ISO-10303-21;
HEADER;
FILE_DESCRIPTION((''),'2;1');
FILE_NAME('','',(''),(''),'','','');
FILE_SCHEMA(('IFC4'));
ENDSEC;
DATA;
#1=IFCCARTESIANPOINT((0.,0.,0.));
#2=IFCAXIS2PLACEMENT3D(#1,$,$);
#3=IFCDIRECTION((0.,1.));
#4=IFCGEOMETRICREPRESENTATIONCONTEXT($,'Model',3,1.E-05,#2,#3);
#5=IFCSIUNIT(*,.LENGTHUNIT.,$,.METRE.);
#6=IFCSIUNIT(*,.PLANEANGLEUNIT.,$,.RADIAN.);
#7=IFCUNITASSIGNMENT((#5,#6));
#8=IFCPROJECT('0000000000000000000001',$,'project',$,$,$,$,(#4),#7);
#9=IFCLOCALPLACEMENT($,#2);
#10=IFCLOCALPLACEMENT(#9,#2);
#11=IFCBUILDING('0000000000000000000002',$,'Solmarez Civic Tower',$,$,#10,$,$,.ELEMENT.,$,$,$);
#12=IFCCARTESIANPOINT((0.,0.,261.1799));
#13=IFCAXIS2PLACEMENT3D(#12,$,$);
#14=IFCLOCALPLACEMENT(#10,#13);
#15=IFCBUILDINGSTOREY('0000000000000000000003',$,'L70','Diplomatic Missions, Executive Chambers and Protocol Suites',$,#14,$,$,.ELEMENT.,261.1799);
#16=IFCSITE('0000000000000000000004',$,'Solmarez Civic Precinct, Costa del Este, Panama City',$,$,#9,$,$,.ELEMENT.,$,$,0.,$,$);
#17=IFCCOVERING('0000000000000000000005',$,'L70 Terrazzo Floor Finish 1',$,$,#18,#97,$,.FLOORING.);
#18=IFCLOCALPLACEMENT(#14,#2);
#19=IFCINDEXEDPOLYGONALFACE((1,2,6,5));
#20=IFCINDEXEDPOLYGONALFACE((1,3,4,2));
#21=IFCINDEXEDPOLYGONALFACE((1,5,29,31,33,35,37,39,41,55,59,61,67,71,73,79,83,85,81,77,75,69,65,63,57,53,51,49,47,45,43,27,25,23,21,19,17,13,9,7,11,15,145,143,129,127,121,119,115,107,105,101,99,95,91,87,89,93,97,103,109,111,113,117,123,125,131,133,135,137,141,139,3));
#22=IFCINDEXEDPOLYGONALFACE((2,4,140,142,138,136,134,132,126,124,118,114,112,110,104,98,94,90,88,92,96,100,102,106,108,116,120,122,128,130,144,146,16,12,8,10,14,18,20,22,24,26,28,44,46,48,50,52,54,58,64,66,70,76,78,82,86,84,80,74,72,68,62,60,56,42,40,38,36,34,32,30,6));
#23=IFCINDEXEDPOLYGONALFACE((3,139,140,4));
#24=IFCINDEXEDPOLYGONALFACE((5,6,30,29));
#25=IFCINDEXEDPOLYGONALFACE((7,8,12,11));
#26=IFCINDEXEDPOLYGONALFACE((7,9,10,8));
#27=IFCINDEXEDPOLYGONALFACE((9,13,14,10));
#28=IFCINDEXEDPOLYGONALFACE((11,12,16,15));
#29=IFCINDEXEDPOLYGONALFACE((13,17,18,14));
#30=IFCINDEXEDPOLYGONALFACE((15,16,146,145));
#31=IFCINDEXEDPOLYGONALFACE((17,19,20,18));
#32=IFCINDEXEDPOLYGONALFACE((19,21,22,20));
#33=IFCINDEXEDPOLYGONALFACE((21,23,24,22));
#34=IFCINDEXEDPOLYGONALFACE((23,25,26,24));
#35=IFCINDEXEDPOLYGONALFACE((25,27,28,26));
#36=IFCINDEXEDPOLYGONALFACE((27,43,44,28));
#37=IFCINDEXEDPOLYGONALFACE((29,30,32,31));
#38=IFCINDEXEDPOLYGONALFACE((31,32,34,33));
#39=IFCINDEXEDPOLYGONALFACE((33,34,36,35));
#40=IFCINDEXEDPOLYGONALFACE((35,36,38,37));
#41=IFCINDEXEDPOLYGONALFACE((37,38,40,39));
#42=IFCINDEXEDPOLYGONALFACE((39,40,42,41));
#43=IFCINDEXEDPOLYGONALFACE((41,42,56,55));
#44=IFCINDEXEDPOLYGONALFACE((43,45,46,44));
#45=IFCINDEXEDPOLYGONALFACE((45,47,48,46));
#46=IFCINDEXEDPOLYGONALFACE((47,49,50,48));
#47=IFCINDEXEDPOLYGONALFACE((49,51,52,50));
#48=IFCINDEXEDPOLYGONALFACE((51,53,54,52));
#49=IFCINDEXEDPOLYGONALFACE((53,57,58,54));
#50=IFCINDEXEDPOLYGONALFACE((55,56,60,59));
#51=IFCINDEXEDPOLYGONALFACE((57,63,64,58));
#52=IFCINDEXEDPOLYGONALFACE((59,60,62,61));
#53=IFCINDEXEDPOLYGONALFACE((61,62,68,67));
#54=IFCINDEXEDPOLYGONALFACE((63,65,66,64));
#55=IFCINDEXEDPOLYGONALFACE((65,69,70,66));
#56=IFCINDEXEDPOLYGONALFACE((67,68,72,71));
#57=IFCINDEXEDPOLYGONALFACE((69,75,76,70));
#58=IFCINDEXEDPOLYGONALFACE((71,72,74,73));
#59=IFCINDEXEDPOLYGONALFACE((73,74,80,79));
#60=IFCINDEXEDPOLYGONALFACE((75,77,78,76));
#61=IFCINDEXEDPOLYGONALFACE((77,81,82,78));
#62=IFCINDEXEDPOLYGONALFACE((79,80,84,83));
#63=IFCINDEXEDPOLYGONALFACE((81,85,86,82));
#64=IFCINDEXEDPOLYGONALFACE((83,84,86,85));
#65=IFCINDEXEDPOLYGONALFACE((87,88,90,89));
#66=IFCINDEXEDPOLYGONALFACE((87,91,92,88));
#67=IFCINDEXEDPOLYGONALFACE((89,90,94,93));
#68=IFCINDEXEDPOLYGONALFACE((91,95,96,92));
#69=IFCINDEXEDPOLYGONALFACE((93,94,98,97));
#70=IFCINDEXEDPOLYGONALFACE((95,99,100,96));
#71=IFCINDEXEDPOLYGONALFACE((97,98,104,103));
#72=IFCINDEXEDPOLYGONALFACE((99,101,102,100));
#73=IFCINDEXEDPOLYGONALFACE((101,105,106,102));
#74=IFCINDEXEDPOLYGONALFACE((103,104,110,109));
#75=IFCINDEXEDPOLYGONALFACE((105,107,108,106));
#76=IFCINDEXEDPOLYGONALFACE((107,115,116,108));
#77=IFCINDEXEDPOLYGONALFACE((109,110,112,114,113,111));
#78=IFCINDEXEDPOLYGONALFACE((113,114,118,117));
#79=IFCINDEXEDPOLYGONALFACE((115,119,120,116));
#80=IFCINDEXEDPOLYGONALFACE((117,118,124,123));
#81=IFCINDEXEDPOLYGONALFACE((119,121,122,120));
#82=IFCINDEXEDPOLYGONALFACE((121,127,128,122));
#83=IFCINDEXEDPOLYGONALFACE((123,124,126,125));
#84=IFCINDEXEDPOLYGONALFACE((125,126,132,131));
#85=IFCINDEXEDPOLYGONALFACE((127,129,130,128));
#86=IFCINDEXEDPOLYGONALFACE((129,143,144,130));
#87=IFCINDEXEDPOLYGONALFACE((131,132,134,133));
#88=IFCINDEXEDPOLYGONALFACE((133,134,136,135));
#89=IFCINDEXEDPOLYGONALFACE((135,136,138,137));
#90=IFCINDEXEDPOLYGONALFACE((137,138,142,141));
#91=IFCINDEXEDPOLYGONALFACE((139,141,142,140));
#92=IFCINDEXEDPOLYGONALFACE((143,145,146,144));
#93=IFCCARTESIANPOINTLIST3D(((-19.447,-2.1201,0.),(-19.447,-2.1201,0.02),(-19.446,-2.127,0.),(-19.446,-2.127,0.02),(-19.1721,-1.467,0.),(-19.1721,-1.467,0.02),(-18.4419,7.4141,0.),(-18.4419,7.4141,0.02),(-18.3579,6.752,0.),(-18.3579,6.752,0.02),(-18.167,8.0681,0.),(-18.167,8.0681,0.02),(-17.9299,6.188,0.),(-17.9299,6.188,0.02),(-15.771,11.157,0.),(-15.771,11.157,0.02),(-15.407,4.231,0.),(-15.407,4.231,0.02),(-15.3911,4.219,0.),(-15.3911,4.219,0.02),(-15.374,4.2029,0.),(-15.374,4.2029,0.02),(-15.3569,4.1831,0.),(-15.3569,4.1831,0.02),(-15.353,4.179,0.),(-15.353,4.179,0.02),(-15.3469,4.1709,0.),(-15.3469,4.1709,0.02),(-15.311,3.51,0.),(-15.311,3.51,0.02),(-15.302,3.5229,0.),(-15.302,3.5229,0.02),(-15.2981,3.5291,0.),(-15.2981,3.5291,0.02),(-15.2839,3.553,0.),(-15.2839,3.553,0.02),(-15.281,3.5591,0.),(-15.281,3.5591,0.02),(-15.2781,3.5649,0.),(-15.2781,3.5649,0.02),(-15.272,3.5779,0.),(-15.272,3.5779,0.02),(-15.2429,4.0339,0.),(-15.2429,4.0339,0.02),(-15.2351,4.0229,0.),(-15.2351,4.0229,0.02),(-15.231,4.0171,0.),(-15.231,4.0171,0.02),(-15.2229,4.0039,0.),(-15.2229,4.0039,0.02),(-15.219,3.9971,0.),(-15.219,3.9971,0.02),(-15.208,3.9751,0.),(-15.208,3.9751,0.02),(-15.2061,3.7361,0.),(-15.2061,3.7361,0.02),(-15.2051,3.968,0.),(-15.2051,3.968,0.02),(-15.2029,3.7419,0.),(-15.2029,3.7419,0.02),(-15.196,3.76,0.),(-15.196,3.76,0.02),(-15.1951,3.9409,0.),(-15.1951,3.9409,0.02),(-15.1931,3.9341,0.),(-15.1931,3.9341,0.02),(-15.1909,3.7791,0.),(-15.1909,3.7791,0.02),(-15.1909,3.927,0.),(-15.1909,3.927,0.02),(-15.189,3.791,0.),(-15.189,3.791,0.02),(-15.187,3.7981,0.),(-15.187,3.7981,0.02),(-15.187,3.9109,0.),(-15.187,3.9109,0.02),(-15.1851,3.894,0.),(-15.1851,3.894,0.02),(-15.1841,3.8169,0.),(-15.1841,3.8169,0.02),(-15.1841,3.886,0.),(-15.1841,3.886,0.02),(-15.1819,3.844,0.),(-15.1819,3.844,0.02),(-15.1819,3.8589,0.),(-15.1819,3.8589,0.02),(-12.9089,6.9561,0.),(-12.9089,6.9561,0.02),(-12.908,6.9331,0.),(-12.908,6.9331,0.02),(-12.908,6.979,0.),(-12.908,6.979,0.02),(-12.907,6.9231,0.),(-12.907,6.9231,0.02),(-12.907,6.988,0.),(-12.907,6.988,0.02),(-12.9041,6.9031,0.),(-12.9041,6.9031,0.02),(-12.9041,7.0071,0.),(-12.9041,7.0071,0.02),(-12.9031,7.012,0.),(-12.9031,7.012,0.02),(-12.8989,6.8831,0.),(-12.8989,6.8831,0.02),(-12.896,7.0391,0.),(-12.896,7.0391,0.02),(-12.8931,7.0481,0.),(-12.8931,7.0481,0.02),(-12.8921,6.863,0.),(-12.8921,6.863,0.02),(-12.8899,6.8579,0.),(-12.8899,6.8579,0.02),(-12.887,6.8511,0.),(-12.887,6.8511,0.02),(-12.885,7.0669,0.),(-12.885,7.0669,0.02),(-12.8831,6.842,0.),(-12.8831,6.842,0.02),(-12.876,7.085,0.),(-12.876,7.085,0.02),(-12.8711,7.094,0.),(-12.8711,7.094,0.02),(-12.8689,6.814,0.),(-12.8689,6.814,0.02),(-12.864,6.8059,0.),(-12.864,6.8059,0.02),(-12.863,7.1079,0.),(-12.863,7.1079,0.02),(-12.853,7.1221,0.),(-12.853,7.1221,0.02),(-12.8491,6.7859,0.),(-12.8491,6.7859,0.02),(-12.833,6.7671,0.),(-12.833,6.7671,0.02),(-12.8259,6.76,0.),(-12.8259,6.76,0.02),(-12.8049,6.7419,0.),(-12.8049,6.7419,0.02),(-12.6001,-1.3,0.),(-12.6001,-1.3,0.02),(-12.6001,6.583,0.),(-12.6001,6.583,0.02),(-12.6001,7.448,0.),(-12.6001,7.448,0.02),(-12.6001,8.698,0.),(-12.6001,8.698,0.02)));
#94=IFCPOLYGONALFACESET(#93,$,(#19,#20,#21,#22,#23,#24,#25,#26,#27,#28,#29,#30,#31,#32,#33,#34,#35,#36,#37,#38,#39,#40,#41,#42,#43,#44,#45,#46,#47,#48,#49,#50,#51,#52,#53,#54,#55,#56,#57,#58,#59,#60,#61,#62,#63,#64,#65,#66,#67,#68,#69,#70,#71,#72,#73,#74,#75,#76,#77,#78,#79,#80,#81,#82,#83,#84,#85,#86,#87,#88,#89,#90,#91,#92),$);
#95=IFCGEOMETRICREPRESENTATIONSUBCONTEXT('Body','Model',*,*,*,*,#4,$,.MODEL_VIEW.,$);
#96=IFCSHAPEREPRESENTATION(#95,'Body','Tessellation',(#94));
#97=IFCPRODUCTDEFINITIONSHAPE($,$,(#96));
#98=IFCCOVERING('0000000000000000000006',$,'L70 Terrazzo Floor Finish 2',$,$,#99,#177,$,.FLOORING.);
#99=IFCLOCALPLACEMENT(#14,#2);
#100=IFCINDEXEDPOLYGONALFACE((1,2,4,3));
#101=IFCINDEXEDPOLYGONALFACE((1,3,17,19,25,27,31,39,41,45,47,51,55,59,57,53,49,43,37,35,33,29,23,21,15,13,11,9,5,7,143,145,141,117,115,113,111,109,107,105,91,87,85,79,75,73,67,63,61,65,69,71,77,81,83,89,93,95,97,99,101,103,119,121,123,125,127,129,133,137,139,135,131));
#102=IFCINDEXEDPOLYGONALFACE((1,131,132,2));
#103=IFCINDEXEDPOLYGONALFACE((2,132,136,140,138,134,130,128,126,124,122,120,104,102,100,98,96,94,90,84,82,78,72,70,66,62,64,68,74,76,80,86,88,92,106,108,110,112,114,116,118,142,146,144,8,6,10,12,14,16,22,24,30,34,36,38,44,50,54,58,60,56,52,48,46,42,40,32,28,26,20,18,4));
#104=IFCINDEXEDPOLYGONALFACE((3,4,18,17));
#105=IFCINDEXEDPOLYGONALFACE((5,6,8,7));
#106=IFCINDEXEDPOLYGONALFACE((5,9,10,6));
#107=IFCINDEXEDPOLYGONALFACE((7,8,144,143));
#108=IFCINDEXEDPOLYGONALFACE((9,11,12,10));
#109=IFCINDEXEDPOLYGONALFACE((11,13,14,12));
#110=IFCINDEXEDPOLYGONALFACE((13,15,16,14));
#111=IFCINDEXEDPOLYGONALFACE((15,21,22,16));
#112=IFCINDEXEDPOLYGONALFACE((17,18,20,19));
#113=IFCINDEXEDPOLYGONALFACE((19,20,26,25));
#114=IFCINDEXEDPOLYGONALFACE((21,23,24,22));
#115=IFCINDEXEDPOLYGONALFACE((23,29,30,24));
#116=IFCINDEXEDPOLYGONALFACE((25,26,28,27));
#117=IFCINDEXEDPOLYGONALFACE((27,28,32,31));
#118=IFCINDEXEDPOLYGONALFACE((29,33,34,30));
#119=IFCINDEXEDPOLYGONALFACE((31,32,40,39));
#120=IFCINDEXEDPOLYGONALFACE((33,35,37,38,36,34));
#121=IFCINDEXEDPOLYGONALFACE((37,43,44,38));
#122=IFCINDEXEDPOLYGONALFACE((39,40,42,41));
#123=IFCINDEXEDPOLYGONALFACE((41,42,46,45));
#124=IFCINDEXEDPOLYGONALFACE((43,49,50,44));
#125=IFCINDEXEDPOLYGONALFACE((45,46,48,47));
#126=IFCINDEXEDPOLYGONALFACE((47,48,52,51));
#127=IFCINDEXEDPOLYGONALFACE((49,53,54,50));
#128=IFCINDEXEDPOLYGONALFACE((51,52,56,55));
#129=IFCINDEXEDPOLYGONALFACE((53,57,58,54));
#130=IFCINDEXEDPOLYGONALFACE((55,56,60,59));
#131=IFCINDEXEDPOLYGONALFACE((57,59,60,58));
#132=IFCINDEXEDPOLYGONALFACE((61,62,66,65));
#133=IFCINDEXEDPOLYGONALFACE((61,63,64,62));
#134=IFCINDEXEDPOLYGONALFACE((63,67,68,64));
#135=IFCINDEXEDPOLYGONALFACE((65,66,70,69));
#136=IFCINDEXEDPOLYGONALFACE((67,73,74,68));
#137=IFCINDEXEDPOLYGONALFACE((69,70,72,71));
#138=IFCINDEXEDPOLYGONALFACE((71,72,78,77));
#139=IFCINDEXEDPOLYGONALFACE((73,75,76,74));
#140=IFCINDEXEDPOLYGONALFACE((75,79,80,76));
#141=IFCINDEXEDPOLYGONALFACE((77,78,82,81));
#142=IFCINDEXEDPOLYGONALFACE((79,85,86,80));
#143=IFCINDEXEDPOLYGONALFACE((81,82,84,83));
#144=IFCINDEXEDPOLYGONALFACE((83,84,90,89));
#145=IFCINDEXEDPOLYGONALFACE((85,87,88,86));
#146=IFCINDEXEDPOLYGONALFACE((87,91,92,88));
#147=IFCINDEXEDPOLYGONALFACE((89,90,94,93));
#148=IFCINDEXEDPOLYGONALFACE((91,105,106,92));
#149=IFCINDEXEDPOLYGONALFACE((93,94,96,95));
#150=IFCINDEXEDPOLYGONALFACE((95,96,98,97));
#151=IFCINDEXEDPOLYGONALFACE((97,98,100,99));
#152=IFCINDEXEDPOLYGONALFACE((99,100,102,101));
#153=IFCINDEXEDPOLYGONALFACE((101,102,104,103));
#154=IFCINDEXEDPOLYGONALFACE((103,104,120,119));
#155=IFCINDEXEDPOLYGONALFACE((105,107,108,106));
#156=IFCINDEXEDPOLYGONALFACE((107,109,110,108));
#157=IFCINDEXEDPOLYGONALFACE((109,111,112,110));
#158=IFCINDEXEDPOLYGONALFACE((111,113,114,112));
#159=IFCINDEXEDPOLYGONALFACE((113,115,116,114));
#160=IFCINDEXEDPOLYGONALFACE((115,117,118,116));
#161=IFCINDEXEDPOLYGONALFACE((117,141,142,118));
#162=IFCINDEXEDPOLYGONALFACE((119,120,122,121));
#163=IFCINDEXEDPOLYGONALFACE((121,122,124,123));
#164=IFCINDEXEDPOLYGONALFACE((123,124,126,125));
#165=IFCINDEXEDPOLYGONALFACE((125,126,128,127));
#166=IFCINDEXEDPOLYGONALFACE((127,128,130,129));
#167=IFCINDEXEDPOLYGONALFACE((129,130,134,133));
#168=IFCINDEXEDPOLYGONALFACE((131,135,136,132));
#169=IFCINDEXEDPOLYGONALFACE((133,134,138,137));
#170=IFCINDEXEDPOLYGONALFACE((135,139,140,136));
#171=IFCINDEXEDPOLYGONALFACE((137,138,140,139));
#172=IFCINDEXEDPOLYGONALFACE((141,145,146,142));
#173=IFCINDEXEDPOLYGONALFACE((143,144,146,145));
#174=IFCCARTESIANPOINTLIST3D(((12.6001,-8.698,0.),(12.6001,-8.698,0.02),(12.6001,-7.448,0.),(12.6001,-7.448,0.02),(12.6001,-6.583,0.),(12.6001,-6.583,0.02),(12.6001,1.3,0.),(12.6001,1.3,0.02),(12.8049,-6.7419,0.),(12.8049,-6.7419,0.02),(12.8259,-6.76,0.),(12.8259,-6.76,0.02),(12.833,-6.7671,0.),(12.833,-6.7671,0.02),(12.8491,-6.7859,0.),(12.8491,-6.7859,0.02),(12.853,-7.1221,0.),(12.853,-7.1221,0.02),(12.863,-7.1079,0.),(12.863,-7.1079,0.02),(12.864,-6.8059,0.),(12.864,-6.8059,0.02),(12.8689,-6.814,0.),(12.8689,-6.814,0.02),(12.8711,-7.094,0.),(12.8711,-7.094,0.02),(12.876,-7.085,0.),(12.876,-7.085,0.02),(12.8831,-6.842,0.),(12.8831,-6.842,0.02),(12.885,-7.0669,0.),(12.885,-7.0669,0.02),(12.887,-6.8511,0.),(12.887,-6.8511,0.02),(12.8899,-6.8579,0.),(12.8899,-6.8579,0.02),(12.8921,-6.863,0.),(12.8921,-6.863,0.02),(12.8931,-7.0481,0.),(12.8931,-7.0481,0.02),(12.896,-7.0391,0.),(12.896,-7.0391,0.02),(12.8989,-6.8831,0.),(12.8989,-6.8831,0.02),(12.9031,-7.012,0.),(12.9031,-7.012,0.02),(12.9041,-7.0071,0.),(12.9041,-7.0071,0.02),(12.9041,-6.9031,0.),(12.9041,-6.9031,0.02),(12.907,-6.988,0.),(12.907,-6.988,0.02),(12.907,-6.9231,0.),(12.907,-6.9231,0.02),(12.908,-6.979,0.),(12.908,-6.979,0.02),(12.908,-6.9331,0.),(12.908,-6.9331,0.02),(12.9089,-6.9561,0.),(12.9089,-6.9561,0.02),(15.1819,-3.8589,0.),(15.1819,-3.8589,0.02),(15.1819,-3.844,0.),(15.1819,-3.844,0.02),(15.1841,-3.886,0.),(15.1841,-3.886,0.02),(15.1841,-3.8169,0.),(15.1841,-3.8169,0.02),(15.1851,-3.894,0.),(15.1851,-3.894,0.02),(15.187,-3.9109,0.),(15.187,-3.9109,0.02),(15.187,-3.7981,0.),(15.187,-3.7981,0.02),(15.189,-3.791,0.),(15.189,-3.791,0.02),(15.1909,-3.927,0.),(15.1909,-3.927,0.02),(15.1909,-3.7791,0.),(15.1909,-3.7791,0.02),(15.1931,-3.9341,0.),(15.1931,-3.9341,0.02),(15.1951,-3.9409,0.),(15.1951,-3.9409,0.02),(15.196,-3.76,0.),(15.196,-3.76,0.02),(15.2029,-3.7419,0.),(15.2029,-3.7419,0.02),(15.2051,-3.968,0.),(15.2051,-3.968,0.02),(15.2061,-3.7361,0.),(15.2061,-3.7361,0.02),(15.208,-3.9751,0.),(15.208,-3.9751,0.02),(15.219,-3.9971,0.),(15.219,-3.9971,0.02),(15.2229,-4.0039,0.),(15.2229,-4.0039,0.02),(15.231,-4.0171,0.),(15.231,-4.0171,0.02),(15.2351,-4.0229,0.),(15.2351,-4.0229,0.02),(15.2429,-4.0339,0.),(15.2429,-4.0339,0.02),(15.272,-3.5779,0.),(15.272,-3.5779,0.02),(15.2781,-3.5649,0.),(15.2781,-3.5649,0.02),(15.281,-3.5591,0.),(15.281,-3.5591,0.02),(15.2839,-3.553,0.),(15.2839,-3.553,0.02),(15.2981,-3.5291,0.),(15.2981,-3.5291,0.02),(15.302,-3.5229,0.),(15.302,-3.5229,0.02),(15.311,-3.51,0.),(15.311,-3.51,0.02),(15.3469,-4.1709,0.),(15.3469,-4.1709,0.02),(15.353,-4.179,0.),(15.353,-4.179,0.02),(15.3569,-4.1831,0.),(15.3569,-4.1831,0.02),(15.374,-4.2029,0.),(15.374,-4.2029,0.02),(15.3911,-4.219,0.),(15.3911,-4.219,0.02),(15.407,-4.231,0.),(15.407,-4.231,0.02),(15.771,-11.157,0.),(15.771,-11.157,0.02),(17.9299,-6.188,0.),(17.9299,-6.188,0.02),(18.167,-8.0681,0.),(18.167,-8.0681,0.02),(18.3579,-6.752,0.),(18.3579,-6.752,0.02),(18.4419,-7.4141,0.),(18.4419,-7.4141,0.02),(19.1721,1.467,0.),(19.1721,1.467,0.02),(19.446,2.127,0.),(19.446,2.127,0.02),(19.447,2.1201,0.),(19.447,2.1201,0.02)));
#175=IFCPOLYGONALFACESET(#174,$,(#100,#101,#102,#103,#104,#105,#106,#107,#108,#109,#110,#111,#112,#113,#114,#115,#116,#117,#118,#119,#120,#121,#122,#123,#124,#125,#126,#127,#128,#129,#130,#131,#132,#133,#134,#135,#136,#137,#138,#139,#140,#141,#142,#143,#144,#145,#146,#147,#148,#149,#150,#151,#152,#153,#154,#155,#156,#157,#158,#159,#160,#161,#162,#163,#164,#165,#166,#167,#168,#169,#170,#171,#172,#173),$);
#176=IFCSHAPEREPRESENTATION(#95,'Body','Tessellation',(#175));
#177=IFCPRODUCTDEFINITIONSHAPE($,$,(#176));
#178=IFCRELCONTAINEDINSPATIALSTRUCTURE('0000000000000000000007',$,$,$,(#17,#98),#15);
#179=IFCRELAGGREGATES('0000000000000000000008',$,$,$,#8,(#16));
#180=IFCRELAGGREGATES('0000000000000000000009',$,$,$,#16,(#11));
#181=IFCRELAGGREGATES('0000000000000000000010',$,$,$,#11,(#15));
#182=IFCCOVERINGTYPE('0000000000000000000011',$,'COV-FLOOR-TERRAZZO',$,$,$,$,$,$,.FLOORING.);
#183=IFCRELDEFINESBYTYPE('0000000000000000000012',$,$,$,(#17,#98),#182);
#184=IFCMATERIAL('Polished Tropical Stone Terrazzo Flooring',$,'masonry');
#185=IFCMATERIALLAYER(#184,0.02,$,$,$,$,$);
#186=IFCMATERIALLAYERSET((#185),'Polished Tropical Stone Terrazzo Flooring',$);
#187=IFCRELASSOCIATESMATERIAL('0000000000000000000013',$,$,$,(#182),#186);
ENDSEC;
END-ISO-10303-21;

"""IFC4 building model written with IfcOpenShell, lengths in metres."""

from ifc_helpers import new_model, si_unit, direction, frame, origin, place, context, subcontext, project, spatial, polyline, outline, extrude, material, layer, layer_set, type_object, element, save


model = new_model("IFC4")

# Units and contexts
model_context = context("Model", 3, precision=1e-05, world=origin(), true_north=direction((0.0, 1.0)))
body_context = subcontext(model_context, "Body", "Model", "MODEL_VIEW")
ifc_project = project(units=[si_unit("LENGTHUNIT", "METRE"), si_unit("PLANEANGLEUNIT", "RADIAN")], contexts=[model_context])

# Site, building, storey
site_placement = place(None, origin())
site = spatial("IfcSite", under=ifc_project, at=site_placement, Name="Solmarez Civic Precinct, Costa del Este, Panama City", CompositionType="ELEMENT", RefElevation=0.0)
building_placement = place(site_placement, origin())
building = spatial("IfcBuilding", under=site, at=building_placement, Name="Solmarez Civic Tower", CompositionType="ELEMENT")
storey_placement = place(building_placement, frame((0.0, 0.0, 261.1799)))
storey = spatial("IfcBuildingStorey", under=building, at=storey_placement, Name="L70", Description="Diplomatic Missions, Executive Chambers and Protocol Suites", CompositionType="ELEMENT", Elevation=261.1799)

# Coverings
ifc_material_1 = material(Name="Polished Tropical Stone Terrazzo Flooring", Category="masonry")
ifc_layer_1 = layer(ifc_material_1, 0.02)
ifc_layer_set_1 = layer_set([ifc_layer_1], Name="Polished Tropical Stone Terrazzo Flooring")
covering_type_1 = type_object("IfcCoveringType", Name="COV-FLOOR-TERRAZZO", PredefinedType="FLOORING", material=ifc_layer_set_1)
covering_1_placement = place(storey_placement, origin())
element("IfcCovering", 1, at=covering_1_placement, inside=storey, type_object=covering_type_1, Name="L70 Terrazzo Floor Finish 1", PredefinedType="FLOORING", context=body_context, shape_type="SweptSolid", body=[
    extrude(outline(polyline([(-15.407, 4.231), (-15.3911, 4.219), (-15.374, 4.2029), (-15.3569, 4.1831), (-15.353, 4.179), (-15.3469, 4.1709), (-15.2429, 4.0339), (-15.2351, 4.0229), (-15.231, 4.0171), (-15.2229, 4.0039), (-15.219, 3.9971), (-15.208, 3.9751), (-15.2051, 3.968), (-15.1951, 3.9409), (-15.1931, 3.9341), (-15.1909, 3.927), (-15.187, 3.9109), (-15.1851, 3.894), (-15.1841, 3.886), (-15.1819, 3.8589), (-15.1819, 3.844), (-15.1841, 3.8169), (-15.187, 3.7981), (-15.189, 3.791), (-15.1909, 3.7791), (-15.196, 3.76), (-15.2029, 3.7419), (-15.2061, 3.7361), (-15.272, 3.5779), (-15.2781, 3.5649), (-15.281, 3.5591), (-15.2839, 3.553), (-15.2981, 3.5291), (-15.302, 3.5229), (-15.311, 3.51), (-19.1721, -1.467), (-19.447, -2.1201), (-19.446, -2.127), (-12.6001, -1.3), (-12.6001, 6.583), (-12.8049, 6.7419), (-12.8259, 6.76), (-12.833, 6.7671), (-12.8491, 6.7859), (-12.864, 6.8059), (-12.8689, 6.814), (-12.8831, 6.842), (-12.887, 6.8511), (-12.8899, 6.8579), (-12.8921, 6.863), (-12.8989, 6.8831), (-12.9041, 6.9031), (-12.907, 6.9231), (-12.908, 6.9331), (-12.9089, 6.9561), (-12.908, 6.979), (-12.907, 6.988), (-12.9041, 7.0071), (-12.9031, 7.012), (-12.896, 7.0391), (-12.8931, 7.0481), (-12.885, 7.0669), (-12.876, 7.085), (-12.8711, 7.094), (-12.863, 7.1079), (-12.853, 7.1221), (-12.6001, 7.448), (-12.6001, 8.698), (-15.771, 11.157), (-18.167, 8.0681), (-18.4419, 7.4141), (-18.3579, 6.752), (-17.9299, 6.188), (-15.407, 4.231)])), origin(), (0.0, 0.0, 1.0), 0.02),
])
covering_2_placement = place(storey_placement, origin())
element("IfcCovering", 2, at=covering_2_placement, inside=storey, type_object=covering_type_1, Name="L70 Terrazzo Floor Finish 2", PredefinedType="FLOORING", context=body_context, shape_type="SweptSolid", body=[
    extrude(outline(polyline([(12.6001, 1.3), (12.6001, -6.583), (12.8049, -6.7419), (12.8259, -6.76), (12.833, -6.7671), (12.8491, -6.7859), (12.864, -6.8059), (12.8689, -6.814), (12.8831, -6.842), (12.887, -6.8511), (12.8899, -6.8579), (12.8921, -6.863), (12.8989, -6.8831), (12.9041, -6.9031), (12.907, -6.9231), (12.908, -6.9331), (12.9089, -6.9561), (12.908, -6.979), (12.907, -6.988), (12.9041, -7.0071), (12.9031, -7.012), (12.896, -7.0391), (12.8931, -7.0481), (12.885, -7.0669), (12.876, -7.085), (12.8711, -7.094), (12.863, -7.1079), (12.853, -7.1221), (12.6001, -7.448), (12.6001, -8.698), (15.771, -11.157), (18.167, -8.0681), (18.4419, -7.4141), (18.3579, -6.752), (17.9299, -6.188), (15.407, -4.231), (15.3911, -4.219), (15.374, -4.2029), (15.3569, -4.1831), (15.353, -4.179), (15.3469, -4.1709), (15.2429, -4.0339), (15.2351, -4.0229), (15.231, -4.0171), (15.2229, -4.0039), (15.219, -3.9971), (15.208, -3.9751), (15.2051, -3.968), (15.1951, -3.9409), (15.1931, -3.9341), (15.1909, -3.927), (15.187, -3.9109), (15.1851, -3.894), (15.1841, -3.886), (15.1819, -3.8589), (15.1819, -3.844), (15.1841, -3.8169), (15.187, -3.7981), (15.189, -3.791), (15.1909, -3.7791), (15.196, -3.76), (15.2029, -3.7419), (15.2061, -3.7361), (15.272, -3.5779), (15.2781, -3.5649), (15.281, -3.5591), (15.2839, -3.553), (15.2981, -3.5291), (15.302, -3.5229), (15.311, -3.51), (19.1721, 1.467), (19.447, 2.1201), (19.446, 2.127), (12.6001, 1.3)])), origin(), (0.0, 0.0, 1.0), 0.02),
])

save(model, "model.ifc")
